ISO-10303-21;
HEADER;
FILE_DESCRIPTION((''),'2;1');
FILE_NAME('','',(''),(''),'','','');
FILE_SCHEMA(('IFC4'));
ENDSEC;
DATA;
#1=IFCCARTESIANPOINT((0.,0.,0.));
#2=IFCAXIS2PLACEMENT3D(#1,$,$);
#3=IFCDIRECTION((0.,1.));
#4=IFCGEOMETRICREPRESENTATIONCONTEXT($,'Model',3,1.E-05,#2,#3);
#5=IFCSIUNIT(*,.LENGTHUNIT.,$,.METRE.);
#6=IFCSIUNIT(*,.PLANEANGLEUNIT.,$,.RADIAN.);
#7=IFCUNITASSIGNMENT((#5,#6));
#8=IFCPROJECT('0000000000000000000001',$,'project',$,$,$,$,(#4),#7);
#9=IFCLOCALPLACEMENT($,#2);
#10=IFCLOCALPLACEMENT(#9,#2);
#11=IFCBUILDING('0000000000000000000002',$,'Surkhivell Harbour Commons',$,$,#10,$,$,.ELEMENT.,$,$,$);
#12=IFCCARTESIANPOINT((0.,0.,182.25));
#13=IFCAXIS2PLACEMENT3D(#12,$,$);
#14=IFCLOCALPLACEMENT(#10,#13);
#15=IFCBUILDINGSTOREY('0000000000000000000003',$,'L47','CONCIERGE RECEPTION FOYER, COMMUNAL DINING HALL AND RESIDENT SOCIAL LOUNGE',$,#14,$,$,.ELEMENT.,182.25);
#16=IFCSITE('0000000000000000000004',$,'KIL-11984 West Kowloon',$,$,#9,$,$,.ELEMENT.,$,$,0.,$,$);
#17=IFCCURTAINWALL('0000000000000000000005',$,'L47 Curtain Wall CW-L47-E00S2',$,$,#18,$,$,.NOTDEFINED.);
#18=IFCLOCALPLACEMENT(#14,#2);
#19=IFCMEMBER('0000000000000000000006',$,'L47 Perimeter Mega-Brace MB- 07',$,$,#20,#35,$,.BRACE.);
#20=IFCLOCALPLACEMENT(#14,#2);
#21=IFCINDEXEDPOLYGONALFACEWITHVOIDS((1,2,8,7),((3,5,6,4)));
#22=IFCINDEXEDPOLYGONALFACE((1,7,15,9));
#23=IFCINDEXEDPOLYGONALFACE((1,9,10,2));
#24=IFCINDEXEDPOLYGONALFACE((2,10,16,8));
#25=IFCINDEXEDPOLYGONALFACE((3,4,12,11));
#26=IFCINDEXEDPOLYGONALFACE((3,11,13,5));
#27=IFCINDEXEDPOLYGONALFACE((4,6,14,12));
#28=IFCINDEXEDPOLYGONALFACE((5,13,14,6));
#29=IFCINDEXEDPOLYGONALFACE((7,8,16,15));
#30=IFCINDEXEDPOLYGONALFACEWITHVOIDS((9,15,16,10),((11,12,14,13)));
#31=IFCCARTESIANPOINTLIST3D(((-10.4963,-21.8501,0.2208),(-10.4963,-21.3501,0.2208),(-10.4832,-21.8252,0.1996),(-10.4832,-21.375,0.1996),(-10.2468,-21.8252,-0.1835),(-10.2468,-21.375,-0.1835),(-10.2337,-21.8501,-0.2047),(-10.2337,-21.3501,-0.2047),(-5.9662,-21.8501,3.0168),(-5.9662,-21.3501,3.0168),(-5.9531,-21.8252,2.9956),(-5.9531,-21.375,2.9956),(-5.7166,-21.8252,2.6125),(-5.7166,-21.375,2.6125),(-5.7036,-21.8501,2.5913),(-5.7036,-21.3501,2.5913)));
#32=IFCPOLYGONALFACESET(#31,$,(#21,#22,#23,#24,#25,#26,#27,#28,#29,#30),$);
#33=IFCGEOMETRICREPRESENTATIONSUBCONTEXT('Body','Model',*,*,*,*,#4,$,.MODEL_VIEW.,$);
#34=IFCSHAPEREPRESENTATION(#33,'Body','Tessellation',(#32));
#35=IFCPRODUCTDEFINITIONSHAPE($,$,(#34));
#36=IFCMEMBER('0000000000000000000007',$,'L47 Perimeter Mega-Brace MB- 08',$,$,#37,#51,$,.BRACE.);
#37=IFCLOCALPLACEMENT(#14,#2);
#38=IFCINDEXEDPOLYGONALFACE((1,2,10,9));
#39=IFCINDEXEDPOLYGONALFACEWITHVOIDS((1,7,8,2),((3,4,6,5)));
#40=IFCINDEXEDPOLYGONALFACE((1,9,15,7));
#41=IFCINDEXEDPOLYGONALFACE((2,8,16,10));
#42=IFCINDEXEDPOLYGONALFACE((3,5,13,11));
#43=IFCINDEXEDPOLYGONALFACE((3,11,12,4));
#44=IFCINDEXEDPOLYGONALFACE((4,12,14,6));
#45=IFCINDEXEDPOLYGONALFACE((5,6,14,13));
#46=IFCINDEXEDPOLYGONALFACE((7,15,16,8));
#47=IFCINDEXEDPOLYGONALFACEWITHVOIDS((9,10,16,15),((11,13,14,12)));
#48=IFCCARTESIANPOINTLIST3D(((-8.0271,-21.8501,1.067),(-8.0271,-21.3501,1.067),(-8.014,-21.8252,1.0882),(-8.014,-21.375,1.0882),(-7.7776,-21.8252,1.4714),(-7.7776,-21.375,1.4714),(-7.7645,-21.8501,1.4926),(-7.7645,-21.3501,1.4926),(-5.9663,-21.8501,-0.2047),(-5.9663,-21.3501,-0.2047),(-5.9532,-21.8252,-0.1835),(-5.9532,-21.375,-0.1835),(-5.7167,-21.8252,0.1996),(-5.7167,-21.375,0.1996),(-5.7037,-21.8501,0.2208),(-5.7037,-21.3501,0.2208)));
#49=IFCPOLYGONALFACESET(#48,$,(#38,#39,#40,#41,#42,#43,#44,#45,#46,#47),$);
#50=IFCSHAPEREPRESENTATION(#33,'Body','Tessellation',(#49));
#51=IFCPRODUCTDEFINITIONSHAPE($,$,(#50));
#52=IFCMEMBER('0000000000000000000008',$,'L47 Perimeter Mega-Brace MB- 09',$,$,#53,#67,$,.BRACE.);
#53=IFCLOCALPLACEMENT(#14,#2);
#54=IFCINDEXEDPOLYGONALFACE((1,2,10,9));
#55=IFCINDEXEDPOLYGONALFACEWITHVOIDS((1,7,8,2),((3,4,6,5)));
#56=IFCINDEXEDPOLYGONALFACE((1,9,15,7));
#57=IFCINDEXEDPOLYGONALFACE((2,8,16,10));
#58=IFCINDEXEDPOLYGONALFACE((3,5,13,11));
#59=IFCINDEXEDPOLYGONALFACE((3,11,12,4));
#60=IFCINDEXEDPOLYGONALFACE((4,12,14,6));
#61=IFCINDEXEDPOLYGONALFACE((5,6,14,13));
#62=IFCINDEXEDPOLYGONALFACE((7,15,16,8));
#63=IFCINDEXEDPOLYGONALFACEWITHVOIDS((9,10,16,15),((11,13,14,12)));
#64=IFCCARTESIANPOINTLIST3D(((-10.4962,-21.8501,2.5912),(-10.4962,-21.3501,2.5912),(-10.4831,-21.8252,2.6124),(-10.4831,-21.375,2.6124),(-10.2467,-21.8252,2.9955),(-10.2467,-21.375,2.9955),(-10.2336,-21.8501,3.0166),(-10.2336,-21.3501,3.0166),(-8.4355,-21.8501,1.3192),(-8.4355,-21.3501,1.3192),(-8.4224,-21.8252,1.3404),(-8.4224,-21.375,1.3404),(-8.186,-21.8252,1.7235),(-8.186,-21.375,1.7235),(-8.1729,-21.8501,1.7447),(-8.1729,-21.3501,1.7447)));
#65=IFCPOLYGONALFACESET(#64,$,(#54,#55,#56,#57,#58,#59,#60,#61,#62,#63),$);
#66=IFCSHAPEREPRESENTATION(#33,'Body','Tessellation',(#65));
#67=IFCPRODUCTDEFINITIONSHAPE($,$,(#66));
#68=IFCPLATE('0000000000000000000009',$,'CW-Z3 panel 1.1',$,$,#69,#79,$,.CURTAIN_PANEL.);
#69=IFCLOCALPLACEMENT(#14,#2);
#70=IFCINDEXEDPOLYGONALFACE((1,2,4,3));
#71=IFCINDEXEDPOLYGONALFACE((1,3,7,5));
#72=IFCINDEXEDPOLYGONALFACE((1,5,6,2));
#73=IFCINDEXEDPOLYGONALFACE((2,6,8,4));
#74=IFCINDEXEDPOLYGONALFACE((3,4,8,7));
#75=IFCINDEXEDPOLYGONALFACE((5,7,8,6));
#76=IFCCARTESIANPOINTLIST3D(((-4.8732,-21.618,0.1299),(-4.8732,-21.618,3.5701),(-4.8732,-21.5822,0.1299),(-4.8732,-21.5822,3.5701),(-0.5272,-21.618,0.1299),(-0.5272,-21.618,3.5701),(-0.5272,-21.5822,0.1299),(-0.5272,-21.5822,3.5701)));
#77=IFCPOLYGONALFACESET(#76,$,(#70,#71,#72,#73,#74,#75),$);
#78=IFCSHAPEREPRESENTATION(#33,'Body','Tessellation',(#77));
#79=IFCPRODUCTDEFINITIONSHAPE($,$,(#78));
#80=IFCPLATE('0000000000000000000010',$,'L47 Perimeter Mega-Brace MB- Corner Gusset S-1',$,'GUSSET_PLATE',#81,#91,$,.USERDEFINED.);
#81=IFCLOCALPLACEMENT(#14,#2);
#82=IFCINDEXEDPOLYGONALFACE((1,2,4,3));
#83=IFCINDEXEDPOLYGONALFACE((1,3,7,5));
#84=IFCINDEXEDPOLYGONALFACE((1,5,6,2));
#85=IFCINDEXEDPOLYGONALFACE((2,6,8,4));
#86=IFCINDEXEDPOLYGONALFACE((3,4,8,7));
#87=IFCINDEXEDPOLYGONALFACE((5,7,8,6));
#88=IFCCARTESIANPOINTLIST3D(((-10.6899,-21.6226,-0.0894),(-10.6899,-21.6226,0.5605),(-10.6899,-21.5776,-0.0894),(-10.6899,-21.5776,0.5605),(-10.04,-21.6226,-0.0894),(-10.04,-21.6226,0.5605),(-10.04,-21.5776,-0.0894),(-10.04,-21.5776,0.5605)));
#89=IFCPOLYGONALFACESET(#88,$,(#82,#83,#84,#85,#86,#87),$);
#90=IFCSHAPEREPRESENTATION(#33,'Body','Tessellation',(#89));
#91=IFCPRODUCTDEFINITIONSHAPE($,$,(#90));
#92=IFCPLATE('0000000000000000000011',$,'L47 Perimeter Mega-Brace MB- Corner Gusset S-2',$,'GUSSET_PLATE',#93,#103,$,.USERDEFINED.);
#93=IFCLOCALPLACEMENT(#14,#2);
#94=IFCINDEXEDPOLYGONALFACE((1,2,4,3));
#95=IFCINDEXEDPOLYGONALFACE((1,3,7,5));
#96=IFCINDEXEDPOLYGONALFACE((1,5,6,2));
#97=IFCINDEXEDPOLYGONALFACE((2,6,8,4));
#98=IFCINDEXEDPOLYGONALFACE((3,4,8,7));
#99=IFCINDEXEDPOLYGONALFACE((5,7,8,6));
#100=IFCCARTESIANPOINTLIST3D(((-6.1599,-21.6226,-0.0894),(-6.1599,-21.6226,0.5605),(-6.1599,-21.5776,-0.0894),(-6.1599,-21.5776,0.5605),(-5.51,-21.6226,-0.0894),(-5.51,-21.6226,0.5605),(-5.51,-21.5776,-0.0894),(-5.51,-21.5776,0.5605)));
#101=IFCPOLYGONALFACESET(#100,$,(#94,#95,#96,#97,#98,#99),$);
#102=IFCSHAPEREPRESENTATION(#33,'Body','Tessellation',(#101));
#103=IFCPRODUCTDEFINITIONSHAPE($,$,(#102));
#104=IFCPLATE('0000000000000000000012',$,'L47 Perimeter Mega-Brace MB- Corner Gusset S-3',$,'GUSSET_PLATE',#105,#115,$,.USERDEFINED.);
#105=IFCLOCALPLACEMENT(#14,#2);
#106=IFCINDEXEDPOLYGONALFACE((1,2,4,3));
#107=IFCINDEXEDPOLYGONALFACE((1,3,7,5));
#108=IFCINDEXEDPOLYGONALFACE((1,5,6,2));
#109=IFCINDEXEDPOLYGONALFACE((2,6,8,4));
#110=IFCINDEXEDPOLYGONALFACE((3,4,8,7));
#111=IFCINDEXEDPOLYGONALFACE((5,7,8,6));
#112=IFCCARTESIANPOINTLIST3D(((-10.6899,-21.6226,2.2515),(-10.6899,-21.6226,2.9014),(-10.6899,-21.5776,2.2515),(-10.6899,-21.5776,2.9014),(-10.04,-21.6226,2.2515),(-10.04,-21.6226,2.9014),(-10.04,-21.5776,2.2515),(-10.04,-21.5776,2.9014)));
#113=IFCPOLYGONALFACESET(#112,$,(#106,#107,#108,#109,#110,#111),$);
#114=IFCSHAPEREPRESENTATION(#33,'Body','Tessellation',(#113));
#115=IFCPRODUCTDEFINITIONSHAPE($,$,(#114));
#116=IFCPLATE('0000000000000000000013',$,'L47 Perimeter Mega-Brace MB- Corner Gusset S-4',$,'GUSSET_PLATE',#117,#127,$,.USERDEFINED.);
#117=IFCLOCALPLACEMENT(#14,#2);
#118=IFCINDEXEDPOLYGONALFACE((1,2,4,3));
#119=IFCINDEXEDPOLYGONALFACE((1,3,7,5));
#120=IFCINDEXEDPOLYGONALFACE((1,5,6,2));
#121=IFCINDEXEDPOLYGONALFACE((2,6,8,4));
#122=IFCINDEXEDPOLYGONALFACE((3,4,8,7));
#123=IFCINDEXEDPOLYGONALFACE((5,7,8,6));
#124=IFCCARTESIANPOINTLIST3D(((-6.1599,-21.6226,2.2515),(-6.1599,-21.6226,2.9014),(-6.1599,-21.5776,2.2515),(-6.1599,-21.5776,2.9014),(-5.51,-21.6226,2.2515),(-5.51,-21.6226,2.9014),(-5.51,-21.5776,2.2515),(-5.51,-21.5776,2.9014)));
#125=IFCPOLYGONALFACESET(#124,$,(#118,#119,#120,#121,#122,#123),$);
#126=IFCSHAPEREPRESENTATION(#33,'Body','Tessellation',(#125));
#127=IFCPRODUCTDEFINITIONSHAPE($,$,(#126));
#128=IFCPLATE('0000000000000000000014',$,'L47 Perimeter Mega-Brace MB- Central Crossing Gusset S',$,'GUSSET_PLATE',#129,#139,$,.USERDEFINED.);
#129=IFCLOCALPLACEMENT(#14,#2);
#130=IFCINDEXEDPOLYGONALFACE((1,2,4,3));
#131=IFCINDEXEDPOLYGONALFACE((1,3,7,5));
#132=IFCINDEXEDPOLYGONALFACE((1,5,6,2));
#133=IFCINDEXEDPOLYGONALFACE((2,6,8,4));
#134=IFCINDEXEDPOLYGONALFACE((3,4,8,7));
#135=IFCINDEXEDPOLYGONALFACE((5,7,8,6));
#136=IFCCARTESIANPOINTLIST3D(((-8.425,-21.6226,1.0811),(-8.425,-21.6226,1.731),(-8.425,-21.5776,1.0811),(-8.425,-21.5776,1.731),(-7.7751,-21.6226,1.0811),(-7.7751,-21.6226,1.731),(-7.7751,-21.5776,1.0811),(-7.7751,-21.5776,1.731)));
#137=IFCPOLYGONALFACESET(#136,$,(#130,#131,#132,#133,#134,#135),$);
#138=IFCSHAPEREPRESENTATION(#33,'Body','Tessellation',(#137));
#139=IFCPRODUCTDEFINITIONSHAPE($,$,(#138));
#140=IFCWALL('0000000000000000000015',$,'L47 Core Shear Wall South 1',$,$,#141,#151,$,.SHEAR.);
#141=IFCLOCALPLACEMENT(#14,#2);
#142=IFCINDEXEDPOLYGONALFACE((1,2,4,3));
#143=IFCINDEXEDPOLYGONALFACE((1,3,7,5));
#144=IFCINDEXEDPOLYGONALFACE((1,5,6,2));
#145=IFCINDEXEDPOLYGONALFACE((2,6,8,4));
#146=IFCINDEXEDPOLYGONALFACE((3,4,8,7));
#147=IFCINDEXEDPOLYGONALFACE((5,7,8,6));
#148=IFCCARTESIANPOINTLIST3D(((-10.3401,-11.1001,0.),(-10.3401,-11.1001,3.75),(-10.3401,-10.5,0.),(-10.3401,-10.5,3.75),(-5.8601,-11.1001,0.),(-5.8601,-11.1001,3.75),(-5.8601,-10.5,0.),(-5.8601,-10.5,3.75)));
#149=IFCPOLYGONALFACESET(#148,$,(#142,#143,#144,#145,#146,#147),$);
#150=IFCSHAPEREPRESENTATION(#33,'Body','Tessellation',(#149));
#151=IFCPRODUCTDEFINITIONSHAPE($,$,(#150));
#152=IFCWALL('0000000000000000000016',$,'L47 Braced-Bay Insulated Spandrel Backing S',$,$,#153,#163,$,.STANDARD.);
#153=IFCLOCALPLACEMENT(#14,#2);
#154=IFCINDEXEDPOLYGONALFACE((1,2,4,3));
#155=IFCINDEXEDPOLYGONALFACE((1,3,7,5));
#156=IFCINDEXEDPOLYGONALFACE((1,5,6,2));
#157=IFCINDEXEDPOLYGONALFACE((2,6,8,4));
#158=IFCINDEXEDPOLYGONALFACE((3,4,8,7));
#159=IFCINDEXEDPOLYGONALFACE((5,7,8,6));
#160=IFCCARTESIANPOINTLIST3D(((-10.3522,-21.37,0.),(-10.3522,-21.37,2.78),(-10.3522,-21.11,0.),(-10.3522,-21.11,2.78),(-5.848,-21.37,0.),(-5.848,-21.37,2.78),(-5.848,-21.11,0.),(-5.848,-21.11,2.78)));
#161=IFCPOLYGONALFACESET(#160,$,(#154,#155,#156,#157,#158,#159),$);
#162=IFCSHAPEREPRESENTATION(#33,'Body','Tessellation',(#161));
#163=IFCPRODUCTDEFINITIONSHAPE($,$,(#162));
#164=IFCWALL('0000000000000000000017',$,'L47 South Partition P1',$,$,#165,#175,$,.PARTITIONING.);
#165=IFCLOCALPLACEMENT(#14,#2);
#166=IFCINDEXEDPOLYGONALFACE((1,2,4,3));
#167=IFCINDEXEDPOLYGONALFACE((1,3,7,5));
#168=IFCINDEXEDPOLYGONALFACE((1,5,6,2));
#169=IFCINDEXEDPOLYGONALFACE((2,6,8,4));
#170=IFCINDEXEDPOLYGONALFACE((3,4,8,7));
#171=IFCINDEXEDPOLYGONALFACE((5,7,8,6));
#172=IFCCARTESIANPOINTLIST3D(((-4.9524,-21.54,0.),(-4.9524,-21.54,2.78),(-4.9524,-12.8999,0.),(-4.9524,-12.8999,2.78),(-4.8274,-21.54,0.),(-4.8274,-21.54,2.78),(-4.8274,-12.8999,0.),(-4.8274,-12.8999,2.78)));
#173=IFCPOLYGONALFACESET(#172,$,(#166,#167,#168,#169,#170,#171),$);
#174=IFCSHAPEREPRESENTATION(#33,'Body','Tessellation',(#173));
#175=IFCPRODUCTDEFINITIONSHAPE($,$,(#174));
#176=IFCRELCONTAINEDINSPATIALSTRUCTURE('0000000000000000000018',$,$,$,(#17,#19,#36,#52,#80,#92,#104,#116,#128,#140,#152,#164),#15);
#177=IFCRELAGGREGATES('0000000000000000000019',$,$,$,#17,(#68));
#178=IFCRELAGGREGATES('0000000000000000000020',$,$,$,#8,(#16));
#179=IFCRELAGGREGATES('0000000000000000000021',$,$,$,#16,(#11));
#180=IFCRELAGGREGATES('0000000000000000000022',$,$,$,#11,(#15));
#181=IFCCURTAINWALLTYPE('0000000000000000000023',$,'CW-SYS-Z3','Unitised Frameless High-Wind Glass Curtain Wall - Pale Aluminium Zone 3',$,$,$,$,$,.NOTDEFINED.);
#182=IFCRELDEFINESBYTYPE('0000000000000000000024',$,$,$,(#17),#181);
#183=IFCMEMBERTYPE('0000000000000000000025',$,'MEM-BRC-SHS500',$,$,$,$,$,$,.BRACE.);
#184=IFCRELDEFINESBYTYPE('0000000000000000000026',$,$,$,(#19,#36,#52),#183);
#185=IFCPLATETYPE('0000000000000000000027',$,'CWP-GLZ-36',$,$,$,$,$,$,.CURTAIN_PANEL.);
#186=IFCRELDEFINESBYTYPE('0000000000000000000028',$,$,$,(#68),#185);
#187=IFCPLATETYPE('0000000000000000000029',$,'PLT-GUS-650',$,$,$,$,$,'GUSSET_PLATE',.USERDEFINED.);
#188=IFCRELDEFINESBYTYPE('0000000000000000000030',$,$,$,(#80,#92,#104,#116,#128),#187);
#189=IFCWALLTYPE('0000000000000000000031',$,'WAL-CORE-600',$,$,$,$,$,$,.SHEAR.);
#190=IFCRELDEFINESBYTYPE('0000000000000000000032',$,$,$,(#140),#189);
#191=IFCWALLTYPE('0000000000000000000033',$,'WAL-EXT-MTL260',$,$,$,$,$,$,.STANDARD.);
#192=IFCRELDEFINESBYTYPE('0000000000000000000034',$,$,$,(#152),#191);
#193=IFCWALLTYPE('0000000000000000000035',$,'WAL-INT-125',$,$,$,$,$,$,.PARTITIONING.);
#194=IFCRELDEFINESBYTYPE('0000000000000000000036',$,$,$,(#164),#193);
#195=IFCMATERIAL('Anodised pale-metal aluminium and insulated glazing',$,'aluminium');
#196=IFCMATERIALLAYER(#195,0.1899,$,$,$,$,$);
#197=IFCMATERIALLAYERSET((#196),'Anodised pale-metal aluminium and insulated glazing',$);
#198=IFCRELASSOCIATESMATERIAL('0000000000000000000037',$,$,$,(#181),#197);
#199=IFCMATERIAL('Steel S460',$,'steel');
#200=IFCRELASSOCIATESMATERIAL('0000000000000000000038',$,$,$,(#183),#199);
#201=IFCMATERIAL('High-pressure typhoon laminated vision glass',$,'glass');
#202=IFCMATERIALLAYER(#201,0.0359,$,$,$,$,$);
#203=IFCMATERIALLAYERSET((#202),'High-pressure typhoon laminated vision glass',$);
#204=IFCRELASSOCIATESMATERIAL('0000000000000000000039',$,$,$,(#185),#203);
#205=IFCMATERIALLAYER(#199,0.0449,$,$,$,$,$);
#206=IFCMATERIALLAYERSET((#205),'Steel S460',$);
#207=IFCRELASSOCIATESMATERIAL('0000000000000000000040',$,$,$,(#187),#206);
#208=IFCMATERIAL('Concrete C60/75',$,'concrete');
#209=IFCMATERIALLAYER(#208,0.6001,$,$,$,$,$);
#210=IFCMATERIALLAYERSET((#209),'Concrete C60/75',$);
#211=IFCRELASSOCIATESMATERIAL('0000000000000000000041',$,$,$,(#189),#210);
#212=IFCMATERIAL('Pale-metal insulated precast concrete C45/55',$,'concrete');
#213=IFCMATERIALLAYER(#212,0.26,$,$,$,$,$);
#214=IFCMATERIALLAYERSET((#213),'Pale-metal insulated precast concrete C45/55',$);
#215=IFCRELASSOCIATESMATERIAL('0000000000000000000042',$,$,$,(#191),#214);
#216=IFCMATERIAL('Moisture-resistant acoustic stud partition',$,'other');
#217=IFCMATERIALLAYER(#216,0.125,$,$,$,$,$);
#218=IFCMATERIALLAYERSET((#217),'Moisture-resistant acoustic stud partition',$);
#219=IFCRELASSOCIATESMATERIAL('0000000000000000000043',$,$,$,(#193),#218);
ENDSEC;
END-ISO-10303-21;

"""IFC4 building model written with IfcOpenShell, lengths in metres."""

from ifc_helpers import new_model, si_unit, direction, frame, frame_2d, origin, origin_2d, place, context, subcontext, project, spatial, rectangle, hollow_rectangle, extrude, material, layer, layer_set, material_profile, profile_set, type_object, element, aggregate, save


model = new_model("IFC4")

# Units and contexts
model_context = context("Model", 3, precision=1e-05, world=origin(), true_north=direction((0.0, 1.0)))
body_context = subcontext(model_context, "Body", "Model", "MODEL_VIEW")
ifc_project = project(units=[si_unit("LENGTHUNIT", "METRE"), si_unit("PLANEANGLEUNIT", "RADIAN")], contexts=[model_context])

# Site, building, storey
site_placement = place(None, origin())
site = spatial("IfcSite", under=ifc_project, at=site_placement, Name="KIL-11984 West Kowloon", CompositionType="ELEMENT", RefElevation=0.0)
building_placement = place(site_placement, origin())
building = spatial("IfcBuilding", under=site, at=building_placement, Name="Surkhivell Harbour Commons", CompositionType="ELEMENT")
storey_placement = place(building_placement, frame((0.0, 0.0, 182.25)))
storey = spatial("IfcBuildingStorey", under=building, at=storey_placement, Name="L47", Description="CONCIERGE RECEPTION FOYER, COMMUNAL DINING HALL AND RESIDENT SOCIAL LOUNGE", CompositionType="ELEMENT", Elevation=182.25)

# Shared definitions
ifc_material_1 = material(Name="Concrete C60/75", Category="concrete")

# Shared definitions
ifc_material_2 = material(Name="Anodised pale-metal aluminium and insulated glazing", Category="aluminium")
ifc_layer_1 = layer(ifc_material_2, 0.1899)
ifc_layer_set_1 = layer_set([ifc_layer_1], Name="Anodised pale-metal aluminium and insulated glazing")
curtain_wall_type = type_object("IfcCurtainWallType", Name="CW-SYS-Z3", Description="Unitised Frameless High-Wind Glass Curtain Wall - Pale Aluminium Zone 3", PredefinedType="NOTDEFINED", material=ifc_layer_set_1)

# Curtain wall
curtain_wall_1_placement = place(storey_placement, origin())
curtain_wall_1 = element("IfcCurtainWall", 1, at=curtain_wall_1_placement, inside=storey, type_object=curtain_wall_type, Name="L47 Curtain Wall CW-L47-E00S2", PredefinedType="NOTDEFINED")

# Members
ifc_material_3 = material(Name="Steel S460", Category="steel")
ifc_material_profile_1 = material_profile(ifc_material_3, hollow_rectangle(XDim=0.5, YDim=0.5, WallThickness=0.0249, at=origin_2d()), Name="SHS500x500x25")
ifc_profile_set_1 = profile_set([ifc_material_profile_1], Name="Steel S460")
member_type_1 = type_object("IfcMemberType", Name="MEM-BRC-SHS500", PredefinedType="BRACE", material=ifc_profile_set_1)
member_1_placement = place(storey_placement, frame((-10.365, -21.6001, 0.0081), z_axis=(0.850971, 0.0, 0.525213), x_axis=(0.0, 1.0, 0.0)))
element("IfcMember", 2, at=member_1_placement, inside=storey, type_object=member_type_1, Name="L47 Perimeter Mega-Brace MB- 07", PredefinedType="BRACE", context=body_context, shape_type="SweptSolid", body=[
    extrude(hollow_rectangle(XDim=0.5, YDim=0.5, WallThickness=0.0249, at=origin_2d()), origin(), (0.0, 0.0, 1.0), 5.3235),
])
for number, where, z_axis, x_axis, name in (
    (3, (-5.835, -21.6001, 0.0081), (-0.851003, 0.0, 0.52516), (0.0, -1.0, 0.0), "L47 Perimeter Mega-Brace MB- 08"),
    (4, (-8.3042, -21.6001, 1.532), (-0.850958, 0.0, 0.525233), (0.0, -1.0, 0.0), "L47 Perimeter Mega-Brace MB- 09"),
):
    element("IfcMember", number, at=place(storey_placement, frame(where, z_axis=z_axis, x_axis=x_axis)), inside=storey, type_object=member_type_1, Name=name, PredefinedType="BRACE", context=body_context, shape_type="SweptSolid", body=[
        extrude(hollow_rectangle(XDim=0.5, YDim=0.5, WallThickness=0.0249, at=origin_2d()), origin(), (0.0, 0.0, 1.0), 2.4216),
    ])

# Plate
ifc_material_4 = material(Name="High-pressure typhoon laminated vision glass", Category="glass")
ifc_layer_2 = layer(ifc_material_4, 0.0359)
ifc_layer_set_2 = layer_set([ifc_layer_2], Name="High-pressure typhoon laminated vision glass")
plate_type_1 = type_object("IfcPlateType", Name="CWP-GLZ-36", PredefinedType="CURTAIN_PANEL", material=ifc_layer_set_2)
plate_placement = place(storey_placement, frame((-4.873, -21.6001, 0.1299), z_axis=(0.0, 0.0, 1.0), x_axis=(1.0, 0.0, 0.0)))
plate = element("IfcPlate", 5, at=plate_placement, type_object=plate_type_1, Name="CW-Z3 panel 1.1", PredefinedType="CURTAIN_PANEL", context=body_context, shape_type="SweptSolid", body=[
    extrude(rectangle(XDim=4.3459, YDim=0.0359, at=frame_2d((2.1729, 0.0))), origin(), (0.0, 0.0, 1.0), 3.4402),
])
aggregate(curtain_wall_1, [plate])

# Plates
ifc_layer_3 = layer(ifc_material_3, 0.0449)
ifc_layer_set_3 = layer_set([ifc_layer_3], Name="Steel S460")
plate_type_2 = type_object("IfcPlateType", Name="PLT-GUS-650", ElementType="GUSSET_PLATE", PredefinedType="USERDEFINED", material=ifc_layer_set_3)
for number, where, z_axis, x_axis, name in (
    (6, (-10.365, -21.6001, -0.0894), (0.0, 0.0, 1.0), (1.0, 0.0, 0.0), "L47 Perimeter Mega-Brace MB- Corner Gusset S-1"),
    (7, (-5.835, -21.6001, -0.0894), (0.0, 0.0, 1.0), (1.0, 0.0, 0.0), "L47 Perimeter Mega-Brace MB- Corner Gusset S-2"),
    (8, (-10.365, -21.6001, 2.2515), (0.0, 0.0, 1.0), (1.0, 0.0, 0.0), "L47 Perimeter Mega-Brace MB- Corner Gusset S-3"),
    (9, (-5.835, -21.6001, 2.2515), (0.0, 0.0, 1.0), (1.0, 0.0, 0.0), "L47 Perimeter Mega-Brace MB- Corner Gusset S-4"),
    (10, (-8.1001, -21.6001, 1.0811), (0.0, 0.0, 1.0), (1.0, 0.0, 0.0), "L47 Perimeter Mega-Brace MB- Central Crossing Gusset S"),
):
    element("IfcPlate", number, at=place(storey_placement, frame(where, z_axis=z_axis, x_axis=x_axis)), inside=storey, type_object=plate_type_2, Name=name, ObjectType="GUSSET_PLATE", PredefinedType="USERDEFINED", context=body_context, shape_type="SweptSolid", body=[
        extrude(rectangle(XDim=0.6499, YDim=0.0449, at=origin_2d()), origin(), (0.0, 0.0, 1.0), 0.6499),
    ])

# Walls
ifc_layer_4 = layer(ifc_material_1, 0.6001)
ifc_layer_set_4 = layer_set([ifc_layer_4], Name="Concrete C60/75")
wall_type_1 = type_object("IfcWallType", Name="WAL-CORE-600", PredefinedType="SHEAR", material=ifc_layer_set_4)
wall_1_placement = place(storey_placement, frame((-10.3401, -10.8, 0.0), z_axis=(0.0, 0.0, 1.0), x_axis=(1.0, 0.0, 0.0)))
element("IfcWall", 11, at=wall_1_placement, inside=storey, type_object=wall_type_1, Name="L47 Core Shear Wall South 1", PredefinedType="SHEAR", context=body_context, shape_type="SweptSolid", body=[
    extrude(rectangle(XDim=4.48, YDim=0.6001, at=frame_2d((2.24, 0.0))), origin(), (0.0, 0.0, 1.0), 3.75),
])
ifc_material_5 = material(Name="Pale-metal insulated precast concrete C45/55", Category="concrete")
ifc_layer_5 = layer(ifc_material_5, 0.26)
ifc_layer_set_5 = layer_set([ifc_layer_5], Name="Pale-metal insulated precast concrete C45/55")
wall_type_2 = type_object("IfcWallType", Name="WAL-EXT-MTL260", PredefinedType="STANDARD", material=ifc_layer_set_5)
wall_2_placement = place(storey_placement, frame((-10.3521, -21.24, 0.0), z_axis=(0.0, 0.0, 1.0), x_axis=(1.0, 0.0, 0.0)))
element("IfcWall", 12, at=wall_2_placement, inside=storey, type_object=wall_type_2, Name="L47 Braced-Bay Insulated Spandrel Backing S", PredefinedType="STANDARD", context=body_context, shape_type="SweptSolid", body=[
    extrude(rectangle(XDim=4.5042, YDim=0.26, at=frame_2d((2.252, 0.0))), origin(), (0.0, 0.0, 1.0), 2.78),
])
ifc_material_6 = material(Name="Moisture-resistant acoustic stud partition", Category="other")
ifc_layer_6 = layer(ifc_material_6, 0.125)
ifc_layer_set_6 = layer_set([ifc_layer_6], Name="Moisture-resistant acoustic stud partition")
wall_type_3 = type_object("IfcWallType", Name="WAL-INT-125", PredefinedType="PARTITIONING", material=ifc_layer_set_6)
wall_3_placement = place(storey_placement, frame((-4.8899, -21.54, 0.0), z_axis=(0.0, 0.0, 1.0), x_axis=(0.0, 1.0, 0.0)))
element("IfcWall", 13, at=wall_3_placement, inside=storey, type_object=wall_type_3, Name="L47 South Partition P1", PredefinedType="PARTITIONING", context=body_context, shape_type="SweptSolid", body=[
    extrude(rectangle(XDim=8.6401, YDim=0.125, at=frame_2d((4.3201, 0.0))), origin(), (0.0, 0.0, 1.0), 2.78),
])

save(model, "model.ifc")
